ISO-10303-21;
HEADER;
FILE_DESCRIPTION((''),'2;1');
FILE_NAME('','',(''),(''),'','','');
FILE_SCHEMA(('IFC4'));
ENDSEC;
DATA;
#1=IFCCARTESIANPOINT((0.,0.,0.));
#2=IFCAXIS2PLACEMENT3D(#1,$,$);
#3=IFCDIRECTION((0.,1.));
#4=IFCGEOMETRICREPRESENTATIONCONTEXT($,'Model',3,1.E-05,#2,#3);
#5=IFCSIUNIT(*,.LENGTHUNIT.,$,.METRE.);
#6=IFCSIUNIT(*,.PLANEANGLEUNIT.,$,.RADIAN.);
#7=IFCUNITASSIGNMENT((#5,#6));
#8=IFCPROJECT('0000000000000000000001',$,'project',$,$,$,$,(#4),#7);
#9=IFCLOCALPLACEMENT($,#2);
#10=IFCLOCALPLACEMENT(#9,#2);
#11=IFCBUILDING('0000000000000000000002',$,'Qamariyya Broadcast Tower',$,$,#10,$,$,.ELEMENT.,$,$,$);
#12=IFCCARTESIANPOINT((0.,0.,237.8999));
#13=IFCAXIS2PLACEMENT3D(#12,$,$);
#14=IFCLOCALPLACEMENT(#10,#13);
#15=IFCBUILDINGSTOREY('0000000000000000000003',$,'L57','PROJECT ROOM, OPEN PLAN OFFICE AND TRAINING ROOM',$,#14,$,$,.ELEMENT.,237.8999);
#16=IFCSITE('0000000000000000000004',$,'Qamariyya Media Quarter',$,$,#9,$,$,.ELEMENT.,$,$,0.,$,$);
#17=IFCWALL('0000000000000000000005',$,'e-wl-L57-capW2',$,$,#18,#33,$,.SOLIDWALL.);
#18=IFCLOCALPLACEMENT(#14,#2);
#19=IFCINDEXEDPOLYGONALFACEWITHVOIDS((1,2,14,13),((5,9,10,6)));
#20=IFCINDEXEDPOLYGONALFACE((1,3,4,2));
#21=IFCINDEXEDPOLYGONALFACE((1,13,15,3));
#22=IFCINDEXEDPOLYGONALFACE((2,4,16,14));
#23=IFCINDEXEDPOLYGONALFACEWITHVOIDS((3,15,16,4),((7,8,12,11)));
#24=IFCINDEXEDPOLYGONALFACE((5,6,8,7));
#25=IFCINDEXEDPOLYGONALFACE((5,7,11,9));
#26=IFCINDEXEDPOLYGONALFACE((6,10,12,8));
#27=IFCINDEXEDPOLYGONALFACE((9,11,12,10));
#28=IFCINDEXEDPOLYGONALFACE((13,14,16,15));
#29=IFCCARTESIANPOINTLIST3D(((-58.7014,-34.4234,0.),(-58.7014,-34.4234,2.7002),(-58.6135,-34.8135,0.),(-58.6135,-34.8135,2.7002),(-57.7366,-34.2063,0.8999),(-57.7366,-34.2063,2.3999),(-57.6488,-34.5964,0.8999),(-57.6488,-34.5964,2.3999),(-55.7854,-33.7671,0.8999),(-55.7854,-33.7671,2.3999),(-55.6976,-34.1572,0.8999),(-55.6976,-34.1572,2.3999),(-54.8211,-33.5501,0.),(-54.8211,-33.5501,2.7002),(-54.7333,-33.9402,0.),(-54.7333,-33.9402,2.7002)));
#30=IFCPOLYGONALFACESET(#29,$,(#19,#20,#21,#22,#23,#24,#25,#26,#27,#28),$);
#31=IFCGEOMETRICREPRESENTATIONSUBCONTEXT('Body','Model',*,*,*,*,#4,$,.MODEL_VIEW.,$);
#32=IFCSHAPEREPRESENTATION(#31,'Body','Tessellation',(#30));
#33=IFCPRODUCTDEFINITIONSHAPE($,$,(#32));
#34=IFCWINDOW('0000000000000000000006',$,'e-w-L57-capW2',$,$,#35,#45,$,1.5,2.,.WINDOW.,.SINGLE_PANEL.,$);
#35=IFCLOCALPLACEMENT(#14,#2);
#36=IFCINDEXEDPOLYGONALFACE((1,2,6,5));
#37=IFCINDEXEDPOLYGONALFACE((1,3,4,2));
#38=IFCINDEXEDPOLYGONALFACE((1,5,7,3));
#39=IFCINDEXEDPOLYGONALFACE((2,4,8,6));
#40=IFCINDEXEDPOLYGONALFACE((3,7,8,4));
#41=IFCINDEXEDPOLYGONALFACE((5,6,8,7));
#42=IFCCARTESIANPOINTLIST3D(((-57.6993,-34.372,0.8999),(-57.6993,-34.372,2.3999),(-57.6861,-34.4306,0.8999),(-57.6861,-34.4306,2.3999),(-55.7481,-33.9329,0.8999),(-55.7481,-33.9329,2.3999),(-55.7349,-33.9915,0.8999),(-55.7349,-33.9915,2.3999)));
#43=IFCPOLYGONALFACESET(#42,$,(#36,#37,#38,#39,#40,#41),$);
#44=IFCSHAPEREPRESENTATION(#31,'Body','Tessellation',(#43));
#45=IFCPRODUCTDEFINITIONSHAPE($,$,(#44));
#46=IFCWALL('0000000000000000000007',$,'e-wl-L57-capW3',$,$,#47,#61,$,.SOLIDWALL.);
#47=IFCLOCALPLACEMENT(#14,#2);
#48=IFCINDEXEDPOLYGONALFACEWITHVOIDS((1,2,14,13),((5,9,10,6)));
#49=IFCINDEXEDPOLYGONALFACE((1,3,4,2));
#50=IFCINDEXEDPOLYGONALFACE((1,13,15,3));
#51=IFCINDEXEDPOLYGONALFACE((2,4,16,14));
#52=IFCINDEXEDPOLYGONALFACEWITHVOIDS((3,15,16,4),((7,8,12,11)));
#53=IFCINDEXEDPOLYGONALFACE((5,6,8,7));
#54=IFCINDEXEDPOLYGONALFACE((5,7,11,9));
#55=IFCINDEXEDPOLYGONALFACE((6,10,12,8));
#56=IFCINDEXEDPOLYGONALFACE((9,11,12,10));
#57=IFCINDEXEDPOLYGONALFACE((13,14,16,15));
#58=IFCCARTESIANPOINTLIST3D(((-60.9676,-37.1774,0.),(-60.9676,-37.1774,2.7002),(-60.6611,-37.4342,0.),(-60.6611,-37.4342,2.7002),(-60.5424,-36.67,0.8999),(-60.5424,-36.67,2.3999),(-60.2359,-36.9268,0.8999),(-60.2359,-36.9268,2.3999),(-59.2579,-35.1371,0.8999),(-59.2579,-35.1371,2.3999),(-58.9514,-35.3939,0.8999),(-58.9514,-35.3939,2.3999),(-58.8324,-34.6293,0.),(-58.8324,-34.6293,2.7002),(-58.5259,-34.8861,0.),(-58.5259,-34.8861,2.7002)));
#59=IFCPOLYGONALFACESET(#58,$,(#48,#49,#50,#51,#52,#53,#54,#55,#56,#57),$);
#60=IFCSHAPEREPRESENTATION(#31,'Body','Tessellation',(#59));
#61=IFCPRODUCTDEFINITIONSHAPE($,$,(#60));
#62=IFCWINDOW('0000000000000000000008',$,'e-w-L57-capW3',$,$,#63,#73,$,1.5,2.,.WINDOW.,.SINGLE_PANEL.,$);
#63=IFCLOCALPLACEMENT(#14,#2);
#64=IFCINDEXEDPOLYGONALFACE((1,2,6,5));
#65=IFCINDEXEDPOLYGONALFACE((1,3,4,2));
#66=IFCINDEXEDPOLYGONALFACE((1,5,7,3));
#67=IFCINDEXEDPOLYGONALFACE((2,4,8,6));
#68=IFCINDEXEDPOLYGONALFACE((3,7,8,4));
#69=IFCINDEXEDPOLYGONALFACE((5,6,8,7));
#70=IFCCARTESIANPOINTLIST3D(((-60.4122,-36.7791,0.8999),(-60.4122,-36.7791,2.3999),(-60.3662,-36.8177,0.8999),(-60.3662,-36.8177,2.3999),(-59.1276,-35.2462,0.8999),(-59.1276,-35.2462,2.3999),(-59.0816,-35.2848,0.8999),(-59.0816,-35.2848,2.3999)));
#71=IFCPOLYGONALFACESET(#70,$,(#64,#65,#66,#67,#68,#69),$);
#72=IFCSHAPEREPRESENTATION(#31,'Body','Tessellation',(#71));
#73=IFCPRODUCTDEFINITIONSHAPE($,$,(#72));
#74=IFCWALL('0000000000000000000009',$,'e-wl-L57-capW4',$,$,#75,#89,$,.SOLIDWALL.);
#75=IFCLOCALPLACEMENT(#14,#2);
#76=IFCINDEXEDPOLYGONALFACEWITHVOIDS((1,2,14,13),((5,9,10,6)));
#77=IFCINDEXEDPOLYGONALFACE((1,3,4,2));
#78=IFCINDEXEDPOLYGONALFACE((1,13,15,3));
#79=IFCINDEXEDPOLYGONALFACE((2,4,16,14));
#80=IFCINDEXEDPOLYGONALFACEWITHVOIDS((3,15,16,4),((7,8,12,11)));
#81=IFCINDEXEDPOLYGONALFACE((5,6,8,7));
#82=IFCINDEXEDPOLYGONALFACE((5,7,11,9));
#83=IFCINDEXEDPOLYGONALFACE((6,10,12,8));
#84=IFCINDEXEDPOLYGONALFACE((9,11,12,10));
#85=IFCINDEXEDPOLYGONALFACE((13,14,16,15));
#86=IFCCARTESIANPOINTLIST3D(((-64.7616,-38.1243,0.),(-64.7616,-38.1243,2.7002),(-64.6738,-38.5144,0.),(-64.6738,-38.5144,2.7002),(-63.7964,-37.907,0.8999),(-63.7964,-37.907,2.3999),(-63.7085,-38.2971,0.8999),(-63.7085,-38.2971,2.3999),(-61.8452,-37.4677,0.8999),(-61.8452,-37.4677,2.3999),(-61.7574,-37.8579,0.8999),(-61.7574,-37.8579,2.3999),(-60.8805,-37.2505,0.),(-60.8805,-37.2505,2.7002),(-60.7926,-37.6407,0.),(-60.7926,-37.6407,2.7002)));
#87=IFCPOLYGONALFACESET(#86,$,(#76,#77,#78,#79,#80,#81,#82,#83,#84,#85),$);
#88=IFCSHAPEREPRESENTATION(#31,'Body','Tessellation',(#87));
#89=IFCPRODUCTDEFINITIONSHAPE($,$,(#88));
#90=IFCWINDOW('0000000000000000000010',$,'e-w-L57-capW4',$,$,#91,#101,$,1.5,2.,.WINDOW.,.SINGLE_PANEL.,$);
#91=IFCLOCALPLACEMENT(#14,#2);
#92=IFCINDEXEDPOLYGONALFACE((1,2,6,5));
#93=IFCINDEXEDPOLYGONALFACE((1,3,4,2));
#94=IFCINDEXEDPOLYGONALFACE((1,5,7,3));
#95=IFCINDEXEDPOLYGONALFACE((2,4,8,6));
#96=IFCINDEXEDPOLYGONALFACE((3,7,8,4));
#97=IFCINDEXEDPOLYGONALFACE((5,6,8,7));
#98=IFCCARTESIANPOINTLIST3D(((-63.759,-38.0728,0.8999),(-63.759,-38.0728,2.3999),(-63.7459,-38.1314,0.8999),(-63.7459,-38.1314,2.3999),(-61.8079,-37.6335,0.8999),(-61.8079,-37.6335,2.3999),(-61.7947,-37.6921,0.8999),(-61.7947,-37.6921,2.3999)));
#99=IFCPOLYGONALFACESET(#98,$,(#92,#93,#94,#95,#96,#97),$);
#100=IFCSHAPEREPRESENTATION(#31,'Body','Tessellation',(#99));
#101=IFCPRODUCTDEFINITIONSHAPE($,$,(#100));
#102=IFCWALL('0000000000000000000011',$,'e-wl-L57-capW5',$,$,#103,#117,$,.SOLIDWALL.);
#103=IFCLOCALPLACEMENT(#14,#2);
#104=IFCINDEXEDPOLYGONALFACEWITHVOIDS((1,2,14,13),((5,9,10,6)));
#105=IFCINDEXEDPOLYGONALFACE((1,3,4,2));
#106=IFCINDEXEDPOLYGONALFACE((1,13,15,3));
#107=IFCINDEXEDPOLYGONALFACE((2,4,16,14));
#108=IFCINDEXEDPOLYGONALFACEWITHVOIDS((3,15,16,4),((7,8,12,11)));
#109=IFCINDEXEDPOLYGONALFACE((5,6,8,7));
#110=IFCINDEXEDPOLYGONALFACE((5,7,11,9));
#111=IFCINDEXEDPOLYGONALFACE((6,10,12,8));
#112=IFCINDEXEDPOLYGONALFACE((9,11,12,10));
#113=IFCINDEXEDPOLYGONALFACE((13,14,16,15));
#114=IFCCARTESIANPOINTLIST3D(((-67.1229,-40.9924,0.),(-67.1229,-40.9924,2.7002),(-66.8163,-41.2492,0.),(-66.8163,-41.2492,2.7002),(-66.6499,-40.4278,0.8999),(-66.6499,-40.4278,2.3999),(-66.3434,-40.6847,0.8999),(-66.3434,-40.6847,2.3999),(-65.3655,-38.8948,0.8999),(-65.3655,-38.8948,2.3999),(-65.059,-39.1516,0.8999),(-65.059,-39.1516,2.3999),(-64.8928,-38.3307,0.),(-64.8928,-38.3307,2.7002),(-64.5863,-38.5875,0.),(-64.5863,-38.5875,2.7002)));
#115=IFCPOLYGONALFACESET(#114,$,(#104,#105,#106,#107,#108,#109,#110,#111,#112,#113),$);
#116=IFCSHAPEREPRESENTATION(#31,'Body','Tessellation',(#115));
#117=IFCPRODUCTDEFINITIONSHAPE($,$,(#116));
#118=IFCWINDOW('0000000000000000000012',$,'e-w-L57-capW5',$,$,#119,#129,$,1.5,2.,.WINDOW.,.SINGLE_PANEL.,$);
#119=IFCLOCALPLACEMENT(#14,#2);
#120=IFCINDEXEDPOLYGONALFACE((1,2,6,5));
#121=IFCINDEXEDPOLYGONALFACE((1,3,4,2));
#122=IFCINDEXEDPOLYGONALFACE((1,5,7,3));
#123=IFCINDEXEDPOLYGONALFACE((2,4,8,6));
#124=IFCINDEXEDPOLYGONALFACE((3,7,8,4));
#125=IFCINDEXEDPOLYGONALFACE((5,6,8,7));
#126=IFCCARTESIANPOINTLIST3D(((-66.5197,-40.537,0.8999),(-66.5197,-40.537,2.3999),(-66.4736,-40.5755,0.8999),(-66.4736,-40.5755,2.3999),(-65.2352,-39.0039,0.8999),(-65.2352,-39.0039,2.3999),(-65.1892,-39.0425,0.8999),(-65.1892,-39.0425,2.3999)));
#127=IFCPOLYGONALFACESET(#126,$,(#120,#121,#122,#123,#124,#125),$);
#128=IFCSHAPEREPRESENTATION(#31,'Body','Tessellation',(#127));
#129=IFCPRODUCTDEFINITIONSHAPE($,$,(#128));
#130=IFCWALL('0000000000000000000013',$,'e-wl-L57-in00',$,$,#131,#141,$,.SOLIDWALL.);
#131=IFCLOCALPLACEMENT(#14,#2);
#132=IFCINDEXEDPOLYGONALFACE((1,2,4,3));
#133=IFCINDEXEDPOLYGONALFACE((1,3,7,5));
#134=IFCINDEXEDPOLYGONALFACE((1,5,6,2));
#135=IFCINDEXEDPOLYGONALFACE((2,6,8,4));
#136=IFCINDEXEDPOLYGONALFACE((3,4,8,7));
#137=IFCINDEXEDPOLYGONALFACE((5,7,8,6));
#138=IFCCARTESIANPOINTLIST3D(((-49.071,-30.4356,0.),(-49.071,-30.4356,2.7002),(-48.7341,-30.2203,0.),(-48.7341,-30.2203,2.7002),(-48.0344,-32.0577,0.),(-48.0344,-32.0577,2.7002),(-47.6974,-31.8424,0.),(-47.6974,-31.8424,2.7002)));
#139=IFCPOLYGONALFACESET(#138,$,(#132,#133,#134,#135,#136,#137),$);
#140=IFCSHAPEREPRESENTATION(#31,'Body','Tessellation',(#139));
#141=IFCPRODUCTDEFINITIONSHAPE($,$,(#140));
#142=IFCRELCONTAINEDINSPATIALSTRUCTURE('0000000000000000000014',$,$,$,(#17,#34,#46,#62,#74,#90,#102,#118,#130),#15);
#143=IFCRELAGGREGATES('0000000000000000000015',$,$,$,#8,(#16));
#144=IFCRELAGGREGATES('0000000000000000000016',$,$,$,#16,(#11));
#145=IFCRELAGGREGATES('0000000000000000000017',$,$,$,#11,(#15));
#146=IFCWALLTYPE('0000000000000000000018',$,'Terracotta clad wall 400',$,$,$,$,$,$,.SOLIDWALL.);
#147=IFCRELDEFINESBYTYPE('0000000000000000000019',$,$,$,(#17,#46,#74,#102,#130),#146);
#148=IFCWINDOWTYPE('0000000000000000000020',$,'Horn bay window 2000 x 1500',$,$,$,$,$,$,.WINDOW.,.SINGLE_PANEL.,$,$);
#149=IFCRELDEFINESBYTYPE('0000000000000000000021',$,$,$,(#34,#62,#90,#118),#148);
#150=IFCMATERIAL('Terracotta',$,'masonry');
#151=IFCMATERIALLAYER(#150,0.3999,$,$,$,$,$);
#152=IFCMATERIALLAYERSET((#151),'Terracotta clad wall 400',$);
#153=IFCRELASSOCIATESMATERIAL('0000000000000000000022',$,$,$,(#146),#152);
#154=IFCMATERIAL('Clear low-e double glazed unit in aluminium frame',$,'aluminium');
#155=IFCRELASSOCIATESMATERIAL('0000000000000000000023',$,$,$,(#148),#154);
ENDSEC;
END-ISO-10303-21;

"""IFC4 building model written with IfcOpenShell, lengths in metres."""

from ifc_helpers import new_model, si_unit, direction, frame, frame_2d, origin, place, context, subcontext, project, spatial, rectangle, extrude, material, layer, layer_set, type_object, element, fill, save


model = new_model("IFC4")

# Units and contexts
model_context = context("Model", 3, precision=1e-05, world=origin(), true_north=direction((0.0, 1.0)))
body_context = subcontext(model_context, "Body", "Model", "MODEL_VIEW")
ifc_project = project(units=[si_unit("LENGTHUNIT", "METRE"), si_unit("PLANEANGLEUNIT", "RADIAN")], contexts=[model_context])

# Site, building, storey
site_placement = place(None, origin())
site = spatial("IfcSite", under=ifc_project, at=site_placement, Name="Qamariyya Media Quarter", CompositionType="ELEMENT", RefElevation=0.0)
building_placement = place(site_placement, origin())
building = spatial("IfcBuilding", under=site, at=building_placement, Name="Qamariyya Broadcast Tower", CompositionType="ELEMENT")
storey_placement = place(building_placement, frame((0.0, 0.0, 237.8999)))
storey = spatial("IfcBuildingStorey", under=building, at=storey_placement, Name="L57", Description="PROJECT ROOM, OPEN PLAN OFFICE AND TRAINING ROOM", CompositionType="ELEMENT", Elevation=237.8999)

# Walls, openings, windows
ifc_material_1 = material(Name="Terracotta", Category="masonry")
ifc_layer = layer(ifc_material_1, 0.3999)
ifc_layer_set = layer_set([ifc_layer], Name="Terracotta clad wall 400")
wall_type = type_object("IfcWallType", Name="Terracotta clad wall 400", PredefinedType="SOLIDWALL", material=ifc_layer_set)
ifc_material_2 = material(Name="Clear low-e double glazed unit in aluminium frame", Category="aluminium")
window_type_1 = type_object("IfcWindowType", Name="Horn bay window 2000 x 1500", PartitioningType="SINGLE_PANEL", PredefinedType="WINDOW", material=ifc_material_2)
wall_1_placement = place(storey_placement, frame((-54.7771, -33.7451, 0.0), z_axis=(0.0, 0.0, 1.0), x_axis=(-0.975596, -0.219575, 0.0)))
wall_1 = element("IfcWall", 1, at=wall_1_placement, inside=storey, type_object=wall_type, Name="e-wl-L57-capW2", PredefinedType="SOLIDWALL", context=body_context, shape_type="SweptSolid", body=[
    extrude(rectangle(XDim=3.9773, YDim=0.3999, at=frame_2d((1.9888, 0.0))), origin(), (0.0, 0.0, 1.0), 2.7002),
])
opening_1_placement = place(wall_1_placement, frame((0.9885, 0.0, 0.8999)))
opening_1 = element("IfcOpeningElement", 2, at=opening_1_placement, cuts=wall_1, PredefinedType="OPENING", context=body_context, shape_type="SweptSolid", body=[
    extrude(rectangle(XDim=2.0, YDim=1.5, at=frame_2d((1.0, 0.75))), frame((0.0, 0.21, 0.0), z_axis=(0.0, -1.0, 0.0), x_axis=(1.0, 0.0, 0.0)), (0.0, 0.0, 1.0), 0.4199),
])
window_1_placement = place(opening_1_placement, origin())
window_1 = element("IfcWindow", 3, at=window_1_placement, inside=storey, type_object=window_type_1, Name="e-w-L57-capW2", OverallHeight=1.5, OverallWidth=2.0, PartitioningType="SINGLE_PANEL", PredefinedType="WINDOW", context=body_context, shape_type="SweptSolid", body=[
    extrude(rectangle(XDim=2.0, YDim=1.5, at=frame_2d((1.0, 0.75))), frame((0.0, 0.03, 0.0), z_axis=(0.0, -1.0, 0.0), x_axis=(1.0, 0.0, 0.0)), (0.0, 0.0, 1.0), 0.0601),
])
fill(opening_1, window_1)
wall_2_placement = place(storey_placement, frame((-58.6792, -34.7578, 0.0), z_axis=(0.0, 0.0, 1.0), x_axis=(-0.642284, -0.766467, 0.0)))
wall_2 = element("IfcWall", 4, at=wall_2_placement, inside=storey, type_object=wall_type, Name="e-wl-L57-capW3", PredefinedType="SOLIDWALL", context=body_context, shape_type="SweptSolid", body=[
    extrude(rectangle(XDim=3.3245, YDim=0.3999, at=frame_2d((1.6621, 0.0))), origin(), (0.0, 0.0, 1.0), 2.7002),
])
opening_2_placement = place(wall_2_placement, frame((0.6624, 0.0, 0.8999)))
opening_2 = element("IfcOpeningElement", 5, at=opening_2_placement, cuts=wall_2, PredefinedType="OPENING", context=body_context, shape_type="SweptSolid", body=[
    extrude(rectangle(XDim=2.0, YDim=1.5, at=frame_2d((1.0, 0.75))), frame((0.0, 0.21, 0.0), z_axis=(0.0, -1.0, 0.0), x_axis=(1.0, 0.0, 0.0)), (0.0, 0.0, 1.0), 0.4199),
])
window_2_placement = place(opening_2_placement, origin())
window_2 = element("IfcWindow", 6, at=window_2_placement, inside=storey, type_object=window_type_1, Name="e-w-L57-capW3", OverallHeight=1.5, OverallWidth=2.0, PartitioningType="SINGLE_PANEL", PredefinedType="WINDOW", context=body_context, shape_type="SweptSolid", body=[
    extrude(rectangle(XDim=2.0, YDim=1.5, at=frame_2d((1.0, 0.75))), frame((0.0, 0.03, 0.0), z_axis=(0.0, -1.0, 0.0), x_axis=(1.0, 0.0, 0.0)), (0.0, 0.0, 1.0), 0.0601),
])
fill(opening_2, window_2)
wall_3_placement = place(storey_placement, frame((-60.8364, -37.4456, 0.0), z_axis=(0.0, 0.0, 1.0), x_axis=(-0.975581, -0.219639, 0.0)))
wall_3 = element("IfcWall", 7, at=wall_3_placement, inside=storey, type_object=wall_type, Name="e-wl-L57-capW4", PredefinedType="SOLIDWALL", context=body_context, shape_type="SweptSolid", body=[
    extrude(rectangle(XDim=3.9783, YDim=0.3999, at=frame_2d((1.9893, 0.0))), origin(), (0.0, 0.0, 1.0), 2.7002),
])
opening_3_placement = place(wall_3_placement, frame((0.989, 0.0, 0.8999)))
opening_3 = element("IfcOpeningElement", 8, at=opening_3_placement, cuts=wall_3, PredefinedType="OPENING", context=body_context, shape_type="SweptSolid", body=[
    extrude(rectangle(XDim=2.0, YDim=1.5, at=frame_2d((1.0, 0.75))), frame((0.0, 0.21, 0.0), z_axis=(0.0, -1.0, 0.0), x_axis=(1.0, 0.0, 0.0)), (0.0, 0.0, 1.0), 0.4199),
])
window_3_placement = place(opening_3_placement, origin())
window_3 = element("IfcWindow", 9, at=window_3_placement, inside=storey, type_object=window_type_1, Name="e-w-L57-capW4", OverallHeight=1.5, OverallWidth=2.0, PartitioningType="SINGLE_PANEL", PredefinedType="WINDOW", context=body_context, shape_type="SweptSolid", body=[
    extrude(rectangle(XDim=2.0, YDim=1.5, at=frame_2d((1.0, 0.75))), frame((0.0, 0.03, 0.0), z_axis=(0.0, -1.0, 0.0), x_axis=(1.0, 0.0, 0.0)), (0.0, 0.0, 1.0), 0.0601),
])
fill(opening_3, window_3)
wall_4_placement = place(storey_placement, frame((-64.7395, -38.459, 0.0), z_axis=(0.0, 0.0, 1.0), x_axis=(-0.642215, -0.766524, 0.0)))
wall_4 = element("IfcWall", 10, at=wall_4_placement, inside=storey, type_object=wall_type, Name="e-wl-L57-capW5", PredefinedType="SOLIDWALL", context=body_context, shape_type="SweptSolid", body=[
    extrude(rectangle(XDim=3.4724, YDim=0.3999, at=frame_2d((1.7363, 0.0))), origin(), (0.0, 0.0, 1.0), 2.7002),
])
opening_4_placement = place(wall_4_placement, frame((0.7361, 0.0, 0.8999)))
opening_4 = element("IfcOpeningElement", 11, at=opening_4_placement, cuts=wall_4, PredefinedType="OPENING", context=body_context, shape_type="SweptSolid", body=[
    extrude(rectangle(XDim=2.0, YDim=1.5, at=frame_2d((1.0, 0.75))), frame((0.0, 0.21, 0.0), z_axis=(0.0, -1.0, 0.0), x_axis=(1.0, 0.0, 0.0)), (0.0, 0.0, 1.0), 0.4199),
])
window_4_placement = place(opening_4_placement, origin())
window_4 = element("IfcWindow", 12, at=window_4_placement, inside=storey, type_object=window_type_1, Name="e-w-L57-capW5", OverallHeight=1.5, OverallWidth=2.0, PartitioningType="SINGLE_PANEL", PredefinedType="WINDOW", context=body_context, shape_type="SweptSolid", body=[
    extrude(rectangle(XDim=2.0, YDim=1.5, at=frame_2d((1.0, 0.75))), frame((0.0, 0.03, 0.0), z_axis=(0.0, -1.0, 0.0), x_axis=(1.0, 0.0, 0.0)), (0.0, 0.0, 1.0), 0.0601),
])
fill(opening_4, window_4)

# Wall
wall_5_placement = place(storey_placement, frame((-47.866, -31.95, 0.0), z_axis=(0.0, 0.0, 1.0), x_axis=(-0.538499, 0.842626, 0.0)))
element("IfcWall", 13, at=wall_5_placement, inside=storey, type_object=wall_type, Name="e-wl-L57-in00", PredefinedType="SOLIDWALL", context=body_context, shape_type="SweptSolid", body=[
    extrude(rectangle(XDim=1.925, YDim=0.3999, at=frame_2d((0.9624, 0.0))), origin(), (0.0, 0.0, 1.0), 2.7002),
])

save(model, "model.ifc")
